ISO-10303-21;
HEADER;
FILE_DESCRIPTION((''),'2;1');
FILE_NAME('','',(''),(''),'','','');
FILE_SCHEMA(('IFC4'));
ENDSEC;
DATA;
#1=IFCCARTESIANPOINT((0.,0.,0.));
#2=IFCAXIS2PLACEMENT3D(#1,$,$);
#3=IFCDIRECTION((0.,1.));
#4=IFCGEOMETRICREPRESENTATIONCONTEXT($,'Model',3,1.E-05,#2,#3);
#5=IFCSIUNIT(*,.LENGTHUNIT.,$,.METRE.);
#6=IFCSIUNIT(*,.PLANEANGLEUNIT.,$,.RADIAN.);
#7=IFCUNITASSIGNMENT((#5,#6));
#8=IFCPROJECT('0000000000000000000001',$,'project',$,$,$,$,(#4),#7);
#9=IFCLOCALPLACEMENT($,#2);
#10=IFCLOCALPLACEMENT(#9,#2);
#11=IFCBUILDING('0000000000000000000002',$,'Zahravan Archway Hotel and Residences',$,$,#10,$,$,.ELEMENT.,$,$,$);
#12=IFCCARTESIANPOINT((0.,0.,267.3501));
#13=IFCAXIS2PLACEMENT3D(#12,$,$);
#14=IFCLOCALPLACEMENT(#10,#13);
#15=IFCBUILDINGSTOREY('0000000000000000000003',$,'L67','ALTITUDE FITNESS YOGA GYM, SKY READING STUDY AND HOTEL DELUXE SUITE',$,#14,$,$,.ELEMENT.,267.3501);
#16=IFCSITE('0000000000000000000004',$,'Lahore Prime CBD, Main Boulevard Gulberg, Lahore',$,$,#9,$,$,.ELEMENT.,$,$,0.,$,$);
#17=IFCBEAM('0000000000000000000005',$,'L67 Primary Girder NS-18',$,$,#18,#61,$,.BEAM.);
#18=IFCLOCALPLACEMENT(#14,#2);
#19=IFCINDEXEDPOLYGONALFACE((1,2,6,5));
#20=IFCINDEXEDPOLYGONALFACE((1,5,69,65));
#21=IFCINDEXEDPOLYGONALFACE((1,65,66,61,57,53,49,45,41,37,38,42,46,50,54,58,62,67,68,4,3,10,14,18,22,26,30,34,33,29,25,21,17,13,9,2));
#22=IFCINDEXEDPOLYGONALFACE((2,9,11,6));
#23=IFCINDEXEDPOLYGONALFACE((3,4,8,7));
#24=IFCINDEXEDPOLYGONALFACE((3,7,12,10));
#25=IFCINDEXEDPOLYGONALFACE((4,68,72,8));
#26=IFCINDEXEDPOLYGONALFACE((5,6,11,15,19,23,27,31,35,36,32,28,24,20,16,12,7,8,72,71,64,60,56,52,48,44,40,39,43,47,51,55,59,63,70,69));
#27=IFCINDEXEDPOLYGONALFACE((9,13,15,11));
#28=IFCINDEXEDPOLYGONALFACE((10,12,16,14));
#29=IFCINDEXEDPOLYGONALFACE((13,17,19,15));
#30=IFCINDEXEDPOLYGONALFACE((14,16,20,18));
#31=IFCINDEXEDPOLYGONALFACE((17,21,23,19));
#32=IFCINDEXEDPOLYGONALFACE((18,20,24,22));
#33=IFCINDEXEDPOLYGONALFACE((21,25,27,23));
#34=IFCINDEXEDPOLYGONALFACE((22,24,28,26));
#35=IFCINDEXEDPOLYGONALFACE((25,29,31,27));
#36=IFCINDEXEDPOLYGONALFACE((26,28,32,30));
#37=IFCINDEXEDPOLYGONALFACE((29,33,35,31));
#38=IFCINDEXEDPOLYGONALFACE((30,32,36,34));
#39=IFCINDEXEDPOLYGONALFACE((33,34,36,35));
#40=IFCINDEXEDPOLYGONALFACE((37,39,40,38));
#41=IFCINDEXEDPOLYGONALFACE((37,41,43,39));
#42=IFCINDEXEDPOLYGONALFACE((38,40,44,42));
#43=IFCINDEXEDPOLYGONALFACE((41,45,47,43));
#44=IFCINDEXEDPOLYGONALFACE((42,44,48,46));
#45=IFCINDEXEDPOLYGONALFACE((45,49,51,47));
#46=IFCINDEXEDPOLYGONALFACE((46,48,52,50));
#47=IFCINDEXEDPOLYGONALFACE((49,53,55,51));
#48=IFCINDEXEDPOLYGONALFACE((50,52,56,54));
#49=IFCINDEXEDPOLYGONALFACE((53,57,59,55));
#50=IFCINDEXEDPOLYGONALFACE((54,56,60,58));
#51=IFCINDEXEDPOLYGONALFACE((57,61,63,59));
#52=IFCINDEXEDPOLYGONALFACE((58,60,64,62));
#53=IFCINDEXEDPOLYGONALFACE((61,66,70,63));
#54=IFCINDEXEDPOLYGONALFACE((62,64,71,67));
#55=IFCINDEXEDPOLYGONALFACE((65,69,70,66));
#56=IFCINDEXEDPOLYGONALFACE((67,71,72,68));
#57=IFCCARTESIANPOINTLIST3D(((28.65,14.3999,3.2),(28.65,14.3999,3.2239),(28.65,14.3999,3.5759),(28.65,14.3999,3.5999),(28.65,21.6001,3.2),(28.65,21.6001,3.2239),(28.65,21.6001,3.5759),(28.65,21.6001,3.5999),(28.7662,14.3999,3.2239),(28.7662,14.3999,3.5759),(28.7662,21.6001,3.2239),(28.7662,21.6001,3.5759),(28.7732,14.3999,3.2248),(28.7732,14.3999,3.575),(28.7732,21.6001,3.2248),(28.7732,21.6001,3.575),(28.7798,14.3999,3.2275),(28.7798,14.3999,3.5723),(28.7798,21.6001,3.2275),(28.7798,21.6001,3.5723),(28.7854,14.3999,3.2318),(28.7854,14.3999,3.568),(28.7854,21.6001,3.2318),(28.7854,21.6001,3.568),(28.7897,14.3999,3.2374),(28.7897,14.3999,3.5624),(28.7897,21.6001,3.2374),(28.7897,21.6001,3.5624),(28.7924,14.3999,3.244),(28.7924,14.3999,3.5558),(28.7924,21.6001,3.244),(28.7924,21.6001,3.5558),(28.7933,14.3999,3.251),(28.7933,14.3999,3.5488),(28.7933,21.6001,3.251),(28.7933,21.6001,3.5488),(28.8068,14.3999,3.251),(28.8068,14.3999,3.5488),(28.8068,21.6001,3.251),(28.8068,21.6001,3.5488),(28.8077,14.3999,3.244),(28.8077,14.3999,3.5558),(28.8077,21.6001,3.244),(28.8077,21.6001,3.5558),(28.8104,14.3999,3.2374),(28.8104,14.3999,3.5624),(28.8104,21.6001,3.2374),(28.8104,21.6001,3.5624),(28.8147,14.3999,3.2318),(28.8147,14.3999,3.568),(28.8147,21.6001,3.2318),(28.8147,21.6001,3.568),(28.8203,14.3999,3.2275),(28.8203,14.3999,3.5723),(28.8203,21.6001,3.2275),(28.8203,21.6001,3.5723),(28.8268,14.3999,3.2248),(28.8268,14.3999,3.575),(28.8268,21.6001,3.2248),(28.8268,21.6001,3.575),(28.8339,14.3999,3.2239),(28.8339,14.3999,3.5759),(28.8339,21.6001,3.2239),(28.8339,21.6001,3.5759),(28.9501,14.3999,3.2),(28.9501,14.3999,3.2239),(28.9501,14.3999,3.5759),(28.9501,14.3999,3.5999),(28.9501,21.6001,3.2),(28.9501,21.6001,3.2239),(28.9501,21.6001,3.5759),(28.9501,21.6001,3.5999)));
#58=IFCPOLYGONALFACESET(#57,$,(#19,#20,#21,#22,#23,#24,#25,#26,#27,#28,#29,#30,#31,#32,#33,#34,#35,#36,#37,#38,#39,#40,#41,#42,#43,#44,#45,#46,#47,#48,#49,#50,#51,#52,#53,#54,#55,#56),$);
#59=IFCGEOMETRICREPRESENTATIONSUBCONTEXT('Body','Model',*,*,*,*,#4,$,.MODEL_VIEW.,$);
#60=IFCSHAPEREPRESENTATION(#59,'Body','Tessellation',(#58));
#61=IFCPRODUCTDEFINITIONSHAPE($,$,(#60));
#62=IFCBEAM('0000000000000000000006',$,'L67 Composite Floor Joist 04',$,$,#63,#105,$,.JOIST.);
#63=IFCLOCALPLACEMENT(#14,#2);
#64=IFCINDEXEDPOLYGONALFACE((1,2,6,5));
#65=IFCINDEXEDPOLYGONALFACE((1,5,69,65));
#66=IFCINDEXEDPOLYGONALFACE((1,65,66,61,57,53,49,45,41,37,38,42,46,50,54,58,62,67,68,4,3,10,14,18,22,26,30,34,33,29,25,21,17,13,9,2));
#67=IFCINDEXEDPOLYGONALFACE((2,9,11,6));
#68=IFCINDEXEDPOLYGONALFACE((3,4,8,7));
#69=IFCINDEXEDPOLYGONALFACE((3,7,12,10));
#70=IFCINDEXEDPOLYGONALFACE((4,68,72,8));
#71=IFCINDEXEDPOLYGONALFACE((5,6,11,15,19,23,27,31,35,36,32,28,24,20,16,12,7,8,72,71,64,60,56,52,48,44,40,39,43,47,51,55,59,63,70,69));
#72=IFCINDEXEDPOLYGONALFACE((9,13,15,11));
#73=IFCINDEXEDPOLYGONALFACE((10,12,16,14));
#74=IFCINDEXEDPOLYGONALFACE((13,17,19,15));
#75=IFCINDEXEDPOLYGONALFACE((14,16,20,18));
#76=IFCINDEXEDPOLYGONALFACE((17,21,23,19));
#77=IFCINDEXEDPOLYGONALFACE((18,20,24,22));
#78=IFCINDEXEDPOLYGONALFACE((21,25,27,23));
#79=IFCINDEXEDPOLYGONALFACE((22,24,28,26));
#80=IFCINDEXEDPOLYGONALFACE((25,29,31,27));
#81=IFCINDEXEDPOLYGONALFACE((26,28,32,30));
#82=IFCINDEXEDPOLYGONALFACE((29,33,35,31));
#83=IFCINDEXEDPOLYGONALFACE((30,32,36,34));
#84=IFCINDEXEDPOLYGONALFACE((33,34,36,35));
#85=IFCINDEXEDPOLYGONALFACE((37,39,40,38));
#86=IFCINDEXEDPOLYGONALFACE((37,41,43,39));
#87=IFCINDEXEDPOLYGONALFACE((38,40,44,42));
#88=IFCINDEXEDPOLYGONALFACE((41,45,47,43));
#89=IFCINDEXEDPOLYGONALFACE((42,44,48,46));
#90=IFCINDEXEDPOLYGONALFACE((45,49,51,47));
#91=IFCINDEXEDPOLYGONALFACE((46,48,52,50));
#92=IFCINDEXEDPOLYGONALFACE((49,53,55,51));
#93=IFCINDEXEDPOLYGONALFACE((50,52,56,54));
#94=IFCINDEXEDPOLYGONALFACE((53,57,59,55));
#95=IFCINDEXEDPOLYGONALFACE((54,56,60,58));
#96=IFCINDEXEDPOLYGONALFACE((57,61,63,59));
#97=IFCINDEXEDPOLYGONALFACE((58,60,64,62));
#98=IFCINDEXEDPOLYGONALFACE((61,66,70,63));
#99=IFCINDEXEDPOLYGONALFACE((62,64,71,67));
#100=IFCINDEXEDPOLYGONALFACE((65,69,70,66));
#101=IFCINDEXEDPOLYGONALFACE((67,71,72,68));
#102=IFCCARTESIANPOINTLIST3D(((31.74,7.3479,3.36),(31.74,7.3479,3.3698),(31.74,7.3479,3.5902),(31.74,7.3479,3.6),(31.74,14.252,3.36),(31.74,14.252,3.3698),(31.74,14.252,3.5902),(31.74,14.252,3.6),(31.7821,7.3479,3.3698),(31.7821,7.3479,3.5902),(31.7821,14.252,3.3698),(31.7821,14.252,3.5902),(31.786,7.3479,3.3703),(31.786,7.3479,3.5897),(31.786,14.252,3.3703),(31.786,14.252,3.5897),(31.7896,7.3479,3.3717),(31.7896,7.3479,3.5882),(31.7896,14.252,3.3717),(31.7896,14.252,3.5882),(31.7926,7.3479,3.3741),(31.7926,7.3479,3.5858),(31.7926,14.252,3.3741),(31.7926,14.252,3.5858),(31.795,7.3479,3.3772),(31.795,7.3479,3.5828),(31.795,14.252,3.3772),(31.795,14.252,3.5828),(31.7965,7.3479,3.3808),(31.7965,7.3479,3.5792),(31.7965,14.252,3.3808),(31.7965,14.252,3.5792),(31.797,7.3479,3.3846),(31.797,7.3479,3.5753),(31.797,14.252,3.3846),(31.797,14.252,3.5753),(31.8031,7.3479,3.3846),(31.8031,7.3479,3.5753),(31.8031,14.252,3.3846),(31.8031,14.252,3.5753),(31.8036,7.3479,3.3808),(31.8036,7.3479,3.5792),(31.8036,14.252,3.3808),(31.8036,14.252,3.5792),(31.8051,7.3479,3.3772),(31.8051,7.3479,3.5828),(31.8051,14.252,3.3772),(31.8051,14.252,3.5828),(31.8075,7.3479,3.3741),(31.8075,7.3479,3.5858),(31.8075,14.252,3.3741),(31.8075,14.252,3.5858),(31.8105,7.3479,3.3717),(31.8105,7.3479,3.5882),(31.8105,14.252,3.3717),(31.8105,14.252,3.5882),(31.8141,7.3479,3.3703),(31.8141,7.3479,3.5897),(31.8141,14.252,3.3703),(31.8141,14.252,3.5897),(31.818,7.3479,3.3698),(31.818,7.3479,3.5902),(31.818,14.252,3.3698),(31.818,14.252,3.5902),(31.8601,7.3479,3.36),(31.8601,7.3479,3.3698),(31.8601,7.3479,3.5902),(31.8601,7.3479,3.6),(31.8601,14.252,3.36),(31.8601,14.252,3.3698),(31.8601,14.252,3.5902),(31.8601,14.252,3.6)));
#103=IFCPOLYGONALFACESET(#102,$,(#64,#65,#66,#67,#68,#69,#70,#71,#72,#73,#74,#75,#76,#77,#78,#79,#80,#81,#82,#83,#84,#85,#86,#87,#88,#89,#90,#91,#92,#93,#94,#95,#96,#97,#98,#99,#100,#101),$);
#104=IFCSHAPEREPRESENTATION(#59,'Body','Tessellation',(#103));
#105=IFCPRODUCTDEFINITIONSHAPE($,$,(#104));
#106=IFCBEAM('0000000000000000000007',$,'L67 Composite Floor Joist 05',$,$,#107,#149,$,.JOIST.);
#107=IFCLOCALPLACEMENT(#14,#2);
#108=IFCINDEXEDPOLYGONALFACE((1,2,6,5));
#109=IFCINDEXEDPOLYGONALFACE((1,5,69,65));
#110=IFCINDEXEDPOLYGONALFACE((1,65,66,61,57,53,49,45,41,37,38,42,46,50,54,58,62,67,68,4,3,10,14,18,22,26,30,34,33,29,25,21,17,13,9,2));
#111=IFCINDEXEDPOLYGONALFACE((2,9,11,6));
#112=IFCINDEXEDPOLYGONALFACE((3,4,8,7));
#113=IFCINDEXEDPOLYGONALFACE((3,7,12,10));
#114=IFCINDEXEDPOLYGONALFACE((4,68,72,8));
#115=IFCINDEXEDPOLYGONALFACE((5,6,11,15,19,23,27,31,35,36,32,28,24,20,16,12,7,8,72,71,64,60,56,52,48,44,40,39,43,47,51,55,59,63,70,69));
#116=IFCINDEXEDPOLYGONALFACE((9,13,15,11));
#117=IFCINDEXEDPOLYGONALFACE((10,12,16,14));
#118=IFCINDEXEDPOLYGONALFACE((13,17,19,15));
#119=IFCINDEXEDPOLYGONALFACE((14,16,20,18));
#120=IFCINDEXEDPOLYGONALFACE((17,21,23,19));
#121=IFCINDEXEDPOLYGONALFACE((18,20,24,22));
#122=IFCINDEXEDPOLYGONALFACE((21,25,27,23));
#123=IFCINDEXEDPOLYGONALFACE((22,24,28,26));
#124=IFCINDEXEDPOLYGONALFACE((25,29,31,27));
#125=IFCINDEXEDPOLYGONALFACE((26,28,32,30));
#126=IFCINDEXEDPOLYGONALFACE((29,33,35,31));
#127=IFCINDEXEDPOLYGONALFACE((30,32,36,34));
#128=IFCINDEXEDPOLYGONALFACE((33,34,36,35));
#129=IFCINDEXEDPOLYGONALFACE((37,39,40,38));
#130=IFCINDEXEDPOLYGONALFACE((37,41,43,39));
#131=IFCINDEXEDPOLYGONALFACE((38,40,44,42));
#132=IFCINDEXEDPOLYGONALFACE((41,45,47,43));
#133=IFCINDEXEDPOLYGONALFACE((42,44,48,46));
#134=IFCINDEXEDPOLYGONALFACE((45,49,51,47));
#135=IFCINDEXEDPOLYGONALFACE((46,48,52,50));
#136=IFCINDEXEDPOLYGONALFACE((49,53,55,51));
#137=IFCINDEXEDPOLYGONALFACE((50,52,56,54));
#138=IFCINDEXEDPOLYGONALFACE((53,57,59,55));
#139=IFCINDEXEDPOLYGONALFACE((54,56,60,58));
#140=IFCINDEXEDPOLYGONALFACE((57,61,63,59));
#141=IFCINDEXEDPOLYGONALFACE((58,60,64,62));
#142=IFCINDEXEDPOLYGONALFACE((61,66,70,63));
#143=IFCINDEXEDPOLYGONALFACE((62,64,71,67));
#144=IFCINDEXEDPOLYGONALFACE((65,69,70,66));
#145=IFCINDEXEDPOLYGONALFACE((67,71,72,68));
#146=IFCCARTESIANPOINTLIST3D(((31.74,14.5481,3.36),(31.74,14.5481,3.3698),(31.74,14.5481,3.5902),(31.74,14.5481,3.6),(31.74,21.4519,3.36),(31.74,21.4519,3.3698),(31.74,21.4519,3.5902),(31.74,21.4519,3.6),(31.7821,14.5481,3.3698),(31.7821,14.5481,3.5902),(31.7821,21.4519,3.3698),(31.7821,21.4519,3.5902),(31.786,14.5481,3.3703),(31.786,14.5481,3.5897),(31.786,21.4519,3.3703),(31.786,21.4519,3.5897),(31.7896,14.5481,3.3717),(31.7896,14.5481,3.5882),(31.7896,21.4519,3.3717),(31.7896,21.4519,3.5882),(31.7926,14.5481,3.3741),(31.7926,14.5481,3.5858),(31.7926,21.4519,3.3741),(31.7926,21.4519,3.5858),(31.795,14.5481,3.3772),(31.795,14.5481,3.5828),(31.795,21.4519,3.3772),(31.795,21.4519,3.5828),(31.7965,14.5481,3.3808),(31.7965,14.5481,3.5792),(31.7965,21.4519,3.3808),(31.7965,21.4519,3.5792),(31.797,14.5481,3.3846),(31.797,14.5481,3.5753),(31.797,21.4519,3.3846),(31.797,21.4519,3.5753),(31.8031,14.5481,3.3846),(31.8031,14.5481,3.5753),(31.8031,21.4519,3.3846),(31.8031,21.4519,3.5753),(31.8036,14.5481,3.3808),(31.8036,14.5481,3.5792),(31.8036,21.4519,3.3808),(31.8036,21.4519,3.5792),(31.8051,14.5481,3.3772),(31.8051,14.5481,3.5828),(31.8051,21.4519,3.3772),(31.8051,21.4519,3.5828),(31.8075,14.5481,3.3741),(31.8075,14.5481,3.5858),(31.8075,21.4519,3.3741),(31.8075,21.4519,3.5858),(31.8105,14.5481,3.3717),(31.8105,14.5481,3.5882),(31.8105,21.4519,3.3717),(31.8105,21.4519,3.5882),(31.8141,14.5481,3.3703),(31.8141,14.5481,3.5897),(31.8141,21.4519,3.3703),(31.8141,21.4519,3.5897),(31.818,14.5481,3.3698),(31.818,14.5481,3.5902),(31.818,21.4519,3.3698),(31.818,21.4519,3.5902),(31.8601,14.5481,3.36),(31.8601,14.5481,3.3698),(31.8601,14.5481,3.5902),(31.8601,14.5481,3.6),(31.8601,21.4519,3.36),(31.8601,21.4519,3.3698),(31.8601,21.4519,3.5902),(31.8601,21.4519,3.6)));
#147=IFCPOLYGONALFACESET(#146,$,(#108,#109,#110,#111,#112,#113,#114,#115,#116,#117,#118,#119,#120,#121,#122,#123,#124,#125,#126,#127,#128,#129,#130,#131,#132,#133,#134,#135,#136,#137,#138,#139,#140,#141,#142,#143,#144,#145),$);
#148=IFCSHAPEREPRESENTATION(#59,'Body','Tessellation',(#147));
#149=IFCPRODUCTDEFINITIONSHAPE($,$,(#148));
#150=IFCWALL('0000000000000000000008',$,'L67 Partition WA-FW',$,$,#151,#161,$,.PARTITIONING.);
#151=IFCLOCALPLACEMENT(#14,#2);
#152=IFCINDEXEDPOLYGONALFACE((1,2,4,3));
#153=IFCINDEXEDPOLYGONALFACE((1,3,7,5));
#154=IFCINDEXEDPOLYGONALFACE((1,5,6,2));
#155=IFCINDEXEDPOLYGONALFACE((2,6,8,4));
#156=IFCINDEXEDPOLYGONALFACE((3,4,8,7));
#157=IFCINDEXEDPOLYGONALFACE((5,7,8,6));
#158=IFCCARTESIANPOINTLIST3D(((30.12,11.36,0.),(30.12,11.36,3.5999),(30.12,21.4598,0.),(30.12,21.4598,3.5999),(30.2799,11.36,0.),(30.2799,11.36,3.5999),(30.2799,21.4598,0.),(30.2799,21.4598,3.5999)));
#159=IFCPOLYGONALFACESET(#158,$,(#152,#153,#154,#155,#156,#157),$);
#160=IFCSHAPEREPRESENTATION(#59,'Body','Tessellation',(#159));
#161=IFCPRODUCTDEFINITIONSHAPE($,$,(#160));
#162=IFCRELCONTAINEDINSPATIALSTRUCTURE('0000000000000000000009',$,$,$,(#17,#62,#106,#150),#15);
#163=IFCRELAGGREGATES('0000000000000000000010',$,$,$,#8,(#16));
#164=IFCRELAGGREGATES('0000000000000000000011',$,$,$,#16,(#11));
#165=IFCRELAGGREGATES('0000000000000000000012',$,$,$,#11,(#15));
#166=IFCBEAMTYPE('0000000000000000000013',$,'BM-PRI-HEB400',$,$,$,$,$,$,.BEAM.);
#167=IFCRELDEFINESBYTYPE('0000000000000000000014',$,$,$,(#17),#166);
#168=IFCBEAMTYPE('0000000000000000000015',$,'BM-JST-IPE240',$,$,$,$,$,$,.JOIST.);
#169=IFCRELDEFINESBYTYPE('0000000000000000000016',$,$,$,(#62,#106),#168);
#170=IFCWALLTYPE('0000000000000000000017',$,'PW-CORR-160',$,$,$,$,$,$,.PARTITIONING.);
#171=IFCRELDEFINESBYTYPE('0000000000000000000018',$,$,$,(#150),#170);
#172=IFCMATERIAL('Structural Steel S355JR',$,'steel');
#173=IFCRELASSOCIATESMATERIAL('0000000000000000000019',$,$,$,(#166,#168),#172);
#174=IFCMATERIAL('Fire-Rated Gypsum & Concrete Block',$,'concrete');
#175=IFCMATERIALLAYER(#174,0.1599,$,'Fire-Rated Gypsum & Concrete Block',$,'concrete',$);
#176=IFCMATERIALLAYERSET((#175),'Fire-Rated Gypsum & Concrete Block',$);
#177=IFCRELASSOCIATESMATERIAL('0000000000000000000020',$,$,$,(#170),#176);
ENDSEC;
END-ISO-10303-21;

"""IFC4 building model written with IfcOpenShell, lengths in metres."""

from ifc_helpers import new_model, si_unit, direction, frame, frame_2d, origin, origin_2d, place, context, subcontext, project, spatial, rectangle, i_section, extrude, source, transform, mapped, material, layer, layer_set, material_profile, profile_set, type_object, type_shapes, element, save


model = new_model("IFC4")

# Units and contexts
model_context = context("Model", 3, precision=1e-05, world=origin(), true_north=direction((0.0, 1.0)))
body_context = subcontext(model_context, "Body", "Model", "MODEL_VIEW")
ifc_project = project(units=[si_unit("LENGTHUNIT", "METRE"), si_unit("PLANEANGLEUNIT", "RADIAN")], contexts=[model_context])

# Site, building, storey
site_placement = place(None, origin())
site = spatial("IfcSite", under=ifc_project, at=site_placement, Name="Lahore Prime CBD, Main Boulevard Gulberg, Lahore", CompositionType="ELEMENT", RefElevation=0.0)
building_placement = place(site_placement, origin())
building = spatial("IfcBuilding", under=site, at=building_placement, Name="Zahravan Archway Hotel and Residences", CompositionType="ELEMENT")
storey_placement = place(building_placement, frame((0.0, 0.0, 267.3501)))
storey = spatial("IfcBuildingStorey", under=building, at=storey_placement, Name="L67", Description="ALTITUDE FITNESS YOGA GYM, SKY READING STUDY AND HOTEL DELUXE SUITE", CompositionType="ELEMENT", Elevation=267.3501)

# Beams
ifc_material_1 = material(Name="Structural Steel S355JR", Category="steel")
ifc_material_profile_1 = material_profile(ifc_material_1, i_section(OverallWidth=0.3, OverallDepth=0.3999, WebThickness=0.0134, FlangeThickness=0.0239, FilletRadius=0.0271, at=origin_2d()), Name="HEB 400", Category="steel")
ifc_profile_set_1 = profile_set([ifc_material_profile_1], Name="Structural Steel S355JR")
beam_type_1 = type_object("IfcBeamType", Name="BM-PRI-HEB400", PredefinedType="BEAM", material=ifc_profile_set_1)
shared_shape_1 = source(origin(), body_context, "Body", "SweptSolid", [
    extrude(i_section(OverallWidth=0.3, OverallDepth=0.3999, WebThickness=0.0134, FlangeThickness=0.0239, FilletRadius=0.0271, at=origin_2d()), origin(), (0.0, 0.0, 1.0), 7.2002),
])
beam_1_placement = place(storey_placement, frame((28.8, 14.3999, 3.3999), z_axis=(0.0, 1.0, 0.0), x_axis=(-1.0, 0.0, 0.0)))
element("IfcBeam", 1, at=beam_1_placement, inside=storey, type_object=beam_type_1, Name="L67 Primary Girder NS-18", PredefinedType="BEAM", context=body_context, shape_type="MappedRepresentation", body=[
    mapped(shared_shape_1, transform((0.0, 0.0, 0.0), scale=1.0)),
])
ifc_material_profile_2 = material_profile(ifc_material_1, i_section(OverallWidth=0.1201, OverallDepth=0.24, WebThickness=0.0061, FlangeThickness=0.0098, FilletRadius=0.0149, at=origin_2d()), Name="IPE 240", Category="steel")
ifc_profile_set_2 = profile_set([ifc_material_profile_2], Name="Structural Steel S355JR")
beam_type_2 = type_object("IfcBeamType", Name="BM-JST-IPE240", PredefinedType="JOIST", material=ifc_profile_set_2)
shared_shape_2 = source(origin(), body_context, "Body", "SweptSolid", [
    extrude(i_section(OverallWidth=0.1201, OverallDepth=0.24, WebThickness=0.0061, FlangeThickness=0.0098, FilletRadius=0.0149, at=origin_2d()), origin(), (0.0, 0.0, 1.0), 6.9041),
])
type_shapes(beam_type_2, [shared_shape_2])
beam_2_placement = place(storey_placement, frame((31.8, 7.3479, 3.48), z_axis=(0.0, 1.0, 0.0), x_axis=(-1.0, 0.0, 0.0)))
element("IfcBeam", 2, at=beam_2_placement, inside=storey, type_object=beam_type_2, Name="L67 Composite Floor Joist 04", PredefinedType="JOIST", context=body_context, shape_type="MappedRepresentation", body=[
    mapped(shared_shape_2, transform((0.0, 0.0, 0.0), scale=1.0)),
])
shared_shape_3 = source(origin(), body_context, "Body", "SweptSolid", [
    extrude(i_section(OverallWidth=0.1201, OverallDepth=0.24, WebThickness=0.0061, FlangeThickness=0.0098, FilletRadius=0.0149, at=origin_2d()), origin(), (0.0, 0.0, 1.0), 6.9038),
])
beam_3_placement = place(storey_placement, frame((31.8, 14.5481, 3.48), z_axis=(0.0, 1.0, 0.0), x_axis=(-1.0, 0.0, 0.0)))
element("IfcBeam", 3, at=beam_3_placement, inside=storey, type_object=beam_type_2, Name="L67 Composite Floor Joist 05", PredefinedType="JOIST", context=body_context, shape_type="MappedRepresentation", body=[
    mapped(shared_shape_3, transform((0.0, 0.0, 0.0), scale=1.0)),
])

# Wall
ifc_material_2 = material(Name="Fire-Rated Gypsum & Concrete Block", Category="concrete")
ifc_layer_1 = layer(ifc_material_2, 0.1599, Name="Fire-Rated Gypsum & Concrete Block", Category="concrete")
ifc_layer_set_1 = layer_set([ifc_layer_1], Name="Fire-Rated Gypsum & Concrete Block")
wall_type_1 = type_object("IfcWallType", Name="PW-CORR-160", PredefinedType="PARTITIONING", material=ifc_layer_set_1)
wall_1_placement = place(storey_placement, frame((30.2, 11.3601, 0.0), z_axis=(0.0, 0.0, 1.0), x_axis=(0.0, 1.0, 0.0)))
element("IfcWall", 4, at=wall_1_placement, inside=storey, type_object=wall_type_1, Name="L67 Partition WA-FW", PredefinedType="PARTITIONING", context=body_context, shape_type="SweptSolid", body=[
    extrude(rectangle(XDim=10.0999, YDim=0.1599, at=frame_2d((5.0498, 0.0))), origin(), (0.0, 0.0, 1.0), 3.5999),
])

save(model, "model.ifc")
